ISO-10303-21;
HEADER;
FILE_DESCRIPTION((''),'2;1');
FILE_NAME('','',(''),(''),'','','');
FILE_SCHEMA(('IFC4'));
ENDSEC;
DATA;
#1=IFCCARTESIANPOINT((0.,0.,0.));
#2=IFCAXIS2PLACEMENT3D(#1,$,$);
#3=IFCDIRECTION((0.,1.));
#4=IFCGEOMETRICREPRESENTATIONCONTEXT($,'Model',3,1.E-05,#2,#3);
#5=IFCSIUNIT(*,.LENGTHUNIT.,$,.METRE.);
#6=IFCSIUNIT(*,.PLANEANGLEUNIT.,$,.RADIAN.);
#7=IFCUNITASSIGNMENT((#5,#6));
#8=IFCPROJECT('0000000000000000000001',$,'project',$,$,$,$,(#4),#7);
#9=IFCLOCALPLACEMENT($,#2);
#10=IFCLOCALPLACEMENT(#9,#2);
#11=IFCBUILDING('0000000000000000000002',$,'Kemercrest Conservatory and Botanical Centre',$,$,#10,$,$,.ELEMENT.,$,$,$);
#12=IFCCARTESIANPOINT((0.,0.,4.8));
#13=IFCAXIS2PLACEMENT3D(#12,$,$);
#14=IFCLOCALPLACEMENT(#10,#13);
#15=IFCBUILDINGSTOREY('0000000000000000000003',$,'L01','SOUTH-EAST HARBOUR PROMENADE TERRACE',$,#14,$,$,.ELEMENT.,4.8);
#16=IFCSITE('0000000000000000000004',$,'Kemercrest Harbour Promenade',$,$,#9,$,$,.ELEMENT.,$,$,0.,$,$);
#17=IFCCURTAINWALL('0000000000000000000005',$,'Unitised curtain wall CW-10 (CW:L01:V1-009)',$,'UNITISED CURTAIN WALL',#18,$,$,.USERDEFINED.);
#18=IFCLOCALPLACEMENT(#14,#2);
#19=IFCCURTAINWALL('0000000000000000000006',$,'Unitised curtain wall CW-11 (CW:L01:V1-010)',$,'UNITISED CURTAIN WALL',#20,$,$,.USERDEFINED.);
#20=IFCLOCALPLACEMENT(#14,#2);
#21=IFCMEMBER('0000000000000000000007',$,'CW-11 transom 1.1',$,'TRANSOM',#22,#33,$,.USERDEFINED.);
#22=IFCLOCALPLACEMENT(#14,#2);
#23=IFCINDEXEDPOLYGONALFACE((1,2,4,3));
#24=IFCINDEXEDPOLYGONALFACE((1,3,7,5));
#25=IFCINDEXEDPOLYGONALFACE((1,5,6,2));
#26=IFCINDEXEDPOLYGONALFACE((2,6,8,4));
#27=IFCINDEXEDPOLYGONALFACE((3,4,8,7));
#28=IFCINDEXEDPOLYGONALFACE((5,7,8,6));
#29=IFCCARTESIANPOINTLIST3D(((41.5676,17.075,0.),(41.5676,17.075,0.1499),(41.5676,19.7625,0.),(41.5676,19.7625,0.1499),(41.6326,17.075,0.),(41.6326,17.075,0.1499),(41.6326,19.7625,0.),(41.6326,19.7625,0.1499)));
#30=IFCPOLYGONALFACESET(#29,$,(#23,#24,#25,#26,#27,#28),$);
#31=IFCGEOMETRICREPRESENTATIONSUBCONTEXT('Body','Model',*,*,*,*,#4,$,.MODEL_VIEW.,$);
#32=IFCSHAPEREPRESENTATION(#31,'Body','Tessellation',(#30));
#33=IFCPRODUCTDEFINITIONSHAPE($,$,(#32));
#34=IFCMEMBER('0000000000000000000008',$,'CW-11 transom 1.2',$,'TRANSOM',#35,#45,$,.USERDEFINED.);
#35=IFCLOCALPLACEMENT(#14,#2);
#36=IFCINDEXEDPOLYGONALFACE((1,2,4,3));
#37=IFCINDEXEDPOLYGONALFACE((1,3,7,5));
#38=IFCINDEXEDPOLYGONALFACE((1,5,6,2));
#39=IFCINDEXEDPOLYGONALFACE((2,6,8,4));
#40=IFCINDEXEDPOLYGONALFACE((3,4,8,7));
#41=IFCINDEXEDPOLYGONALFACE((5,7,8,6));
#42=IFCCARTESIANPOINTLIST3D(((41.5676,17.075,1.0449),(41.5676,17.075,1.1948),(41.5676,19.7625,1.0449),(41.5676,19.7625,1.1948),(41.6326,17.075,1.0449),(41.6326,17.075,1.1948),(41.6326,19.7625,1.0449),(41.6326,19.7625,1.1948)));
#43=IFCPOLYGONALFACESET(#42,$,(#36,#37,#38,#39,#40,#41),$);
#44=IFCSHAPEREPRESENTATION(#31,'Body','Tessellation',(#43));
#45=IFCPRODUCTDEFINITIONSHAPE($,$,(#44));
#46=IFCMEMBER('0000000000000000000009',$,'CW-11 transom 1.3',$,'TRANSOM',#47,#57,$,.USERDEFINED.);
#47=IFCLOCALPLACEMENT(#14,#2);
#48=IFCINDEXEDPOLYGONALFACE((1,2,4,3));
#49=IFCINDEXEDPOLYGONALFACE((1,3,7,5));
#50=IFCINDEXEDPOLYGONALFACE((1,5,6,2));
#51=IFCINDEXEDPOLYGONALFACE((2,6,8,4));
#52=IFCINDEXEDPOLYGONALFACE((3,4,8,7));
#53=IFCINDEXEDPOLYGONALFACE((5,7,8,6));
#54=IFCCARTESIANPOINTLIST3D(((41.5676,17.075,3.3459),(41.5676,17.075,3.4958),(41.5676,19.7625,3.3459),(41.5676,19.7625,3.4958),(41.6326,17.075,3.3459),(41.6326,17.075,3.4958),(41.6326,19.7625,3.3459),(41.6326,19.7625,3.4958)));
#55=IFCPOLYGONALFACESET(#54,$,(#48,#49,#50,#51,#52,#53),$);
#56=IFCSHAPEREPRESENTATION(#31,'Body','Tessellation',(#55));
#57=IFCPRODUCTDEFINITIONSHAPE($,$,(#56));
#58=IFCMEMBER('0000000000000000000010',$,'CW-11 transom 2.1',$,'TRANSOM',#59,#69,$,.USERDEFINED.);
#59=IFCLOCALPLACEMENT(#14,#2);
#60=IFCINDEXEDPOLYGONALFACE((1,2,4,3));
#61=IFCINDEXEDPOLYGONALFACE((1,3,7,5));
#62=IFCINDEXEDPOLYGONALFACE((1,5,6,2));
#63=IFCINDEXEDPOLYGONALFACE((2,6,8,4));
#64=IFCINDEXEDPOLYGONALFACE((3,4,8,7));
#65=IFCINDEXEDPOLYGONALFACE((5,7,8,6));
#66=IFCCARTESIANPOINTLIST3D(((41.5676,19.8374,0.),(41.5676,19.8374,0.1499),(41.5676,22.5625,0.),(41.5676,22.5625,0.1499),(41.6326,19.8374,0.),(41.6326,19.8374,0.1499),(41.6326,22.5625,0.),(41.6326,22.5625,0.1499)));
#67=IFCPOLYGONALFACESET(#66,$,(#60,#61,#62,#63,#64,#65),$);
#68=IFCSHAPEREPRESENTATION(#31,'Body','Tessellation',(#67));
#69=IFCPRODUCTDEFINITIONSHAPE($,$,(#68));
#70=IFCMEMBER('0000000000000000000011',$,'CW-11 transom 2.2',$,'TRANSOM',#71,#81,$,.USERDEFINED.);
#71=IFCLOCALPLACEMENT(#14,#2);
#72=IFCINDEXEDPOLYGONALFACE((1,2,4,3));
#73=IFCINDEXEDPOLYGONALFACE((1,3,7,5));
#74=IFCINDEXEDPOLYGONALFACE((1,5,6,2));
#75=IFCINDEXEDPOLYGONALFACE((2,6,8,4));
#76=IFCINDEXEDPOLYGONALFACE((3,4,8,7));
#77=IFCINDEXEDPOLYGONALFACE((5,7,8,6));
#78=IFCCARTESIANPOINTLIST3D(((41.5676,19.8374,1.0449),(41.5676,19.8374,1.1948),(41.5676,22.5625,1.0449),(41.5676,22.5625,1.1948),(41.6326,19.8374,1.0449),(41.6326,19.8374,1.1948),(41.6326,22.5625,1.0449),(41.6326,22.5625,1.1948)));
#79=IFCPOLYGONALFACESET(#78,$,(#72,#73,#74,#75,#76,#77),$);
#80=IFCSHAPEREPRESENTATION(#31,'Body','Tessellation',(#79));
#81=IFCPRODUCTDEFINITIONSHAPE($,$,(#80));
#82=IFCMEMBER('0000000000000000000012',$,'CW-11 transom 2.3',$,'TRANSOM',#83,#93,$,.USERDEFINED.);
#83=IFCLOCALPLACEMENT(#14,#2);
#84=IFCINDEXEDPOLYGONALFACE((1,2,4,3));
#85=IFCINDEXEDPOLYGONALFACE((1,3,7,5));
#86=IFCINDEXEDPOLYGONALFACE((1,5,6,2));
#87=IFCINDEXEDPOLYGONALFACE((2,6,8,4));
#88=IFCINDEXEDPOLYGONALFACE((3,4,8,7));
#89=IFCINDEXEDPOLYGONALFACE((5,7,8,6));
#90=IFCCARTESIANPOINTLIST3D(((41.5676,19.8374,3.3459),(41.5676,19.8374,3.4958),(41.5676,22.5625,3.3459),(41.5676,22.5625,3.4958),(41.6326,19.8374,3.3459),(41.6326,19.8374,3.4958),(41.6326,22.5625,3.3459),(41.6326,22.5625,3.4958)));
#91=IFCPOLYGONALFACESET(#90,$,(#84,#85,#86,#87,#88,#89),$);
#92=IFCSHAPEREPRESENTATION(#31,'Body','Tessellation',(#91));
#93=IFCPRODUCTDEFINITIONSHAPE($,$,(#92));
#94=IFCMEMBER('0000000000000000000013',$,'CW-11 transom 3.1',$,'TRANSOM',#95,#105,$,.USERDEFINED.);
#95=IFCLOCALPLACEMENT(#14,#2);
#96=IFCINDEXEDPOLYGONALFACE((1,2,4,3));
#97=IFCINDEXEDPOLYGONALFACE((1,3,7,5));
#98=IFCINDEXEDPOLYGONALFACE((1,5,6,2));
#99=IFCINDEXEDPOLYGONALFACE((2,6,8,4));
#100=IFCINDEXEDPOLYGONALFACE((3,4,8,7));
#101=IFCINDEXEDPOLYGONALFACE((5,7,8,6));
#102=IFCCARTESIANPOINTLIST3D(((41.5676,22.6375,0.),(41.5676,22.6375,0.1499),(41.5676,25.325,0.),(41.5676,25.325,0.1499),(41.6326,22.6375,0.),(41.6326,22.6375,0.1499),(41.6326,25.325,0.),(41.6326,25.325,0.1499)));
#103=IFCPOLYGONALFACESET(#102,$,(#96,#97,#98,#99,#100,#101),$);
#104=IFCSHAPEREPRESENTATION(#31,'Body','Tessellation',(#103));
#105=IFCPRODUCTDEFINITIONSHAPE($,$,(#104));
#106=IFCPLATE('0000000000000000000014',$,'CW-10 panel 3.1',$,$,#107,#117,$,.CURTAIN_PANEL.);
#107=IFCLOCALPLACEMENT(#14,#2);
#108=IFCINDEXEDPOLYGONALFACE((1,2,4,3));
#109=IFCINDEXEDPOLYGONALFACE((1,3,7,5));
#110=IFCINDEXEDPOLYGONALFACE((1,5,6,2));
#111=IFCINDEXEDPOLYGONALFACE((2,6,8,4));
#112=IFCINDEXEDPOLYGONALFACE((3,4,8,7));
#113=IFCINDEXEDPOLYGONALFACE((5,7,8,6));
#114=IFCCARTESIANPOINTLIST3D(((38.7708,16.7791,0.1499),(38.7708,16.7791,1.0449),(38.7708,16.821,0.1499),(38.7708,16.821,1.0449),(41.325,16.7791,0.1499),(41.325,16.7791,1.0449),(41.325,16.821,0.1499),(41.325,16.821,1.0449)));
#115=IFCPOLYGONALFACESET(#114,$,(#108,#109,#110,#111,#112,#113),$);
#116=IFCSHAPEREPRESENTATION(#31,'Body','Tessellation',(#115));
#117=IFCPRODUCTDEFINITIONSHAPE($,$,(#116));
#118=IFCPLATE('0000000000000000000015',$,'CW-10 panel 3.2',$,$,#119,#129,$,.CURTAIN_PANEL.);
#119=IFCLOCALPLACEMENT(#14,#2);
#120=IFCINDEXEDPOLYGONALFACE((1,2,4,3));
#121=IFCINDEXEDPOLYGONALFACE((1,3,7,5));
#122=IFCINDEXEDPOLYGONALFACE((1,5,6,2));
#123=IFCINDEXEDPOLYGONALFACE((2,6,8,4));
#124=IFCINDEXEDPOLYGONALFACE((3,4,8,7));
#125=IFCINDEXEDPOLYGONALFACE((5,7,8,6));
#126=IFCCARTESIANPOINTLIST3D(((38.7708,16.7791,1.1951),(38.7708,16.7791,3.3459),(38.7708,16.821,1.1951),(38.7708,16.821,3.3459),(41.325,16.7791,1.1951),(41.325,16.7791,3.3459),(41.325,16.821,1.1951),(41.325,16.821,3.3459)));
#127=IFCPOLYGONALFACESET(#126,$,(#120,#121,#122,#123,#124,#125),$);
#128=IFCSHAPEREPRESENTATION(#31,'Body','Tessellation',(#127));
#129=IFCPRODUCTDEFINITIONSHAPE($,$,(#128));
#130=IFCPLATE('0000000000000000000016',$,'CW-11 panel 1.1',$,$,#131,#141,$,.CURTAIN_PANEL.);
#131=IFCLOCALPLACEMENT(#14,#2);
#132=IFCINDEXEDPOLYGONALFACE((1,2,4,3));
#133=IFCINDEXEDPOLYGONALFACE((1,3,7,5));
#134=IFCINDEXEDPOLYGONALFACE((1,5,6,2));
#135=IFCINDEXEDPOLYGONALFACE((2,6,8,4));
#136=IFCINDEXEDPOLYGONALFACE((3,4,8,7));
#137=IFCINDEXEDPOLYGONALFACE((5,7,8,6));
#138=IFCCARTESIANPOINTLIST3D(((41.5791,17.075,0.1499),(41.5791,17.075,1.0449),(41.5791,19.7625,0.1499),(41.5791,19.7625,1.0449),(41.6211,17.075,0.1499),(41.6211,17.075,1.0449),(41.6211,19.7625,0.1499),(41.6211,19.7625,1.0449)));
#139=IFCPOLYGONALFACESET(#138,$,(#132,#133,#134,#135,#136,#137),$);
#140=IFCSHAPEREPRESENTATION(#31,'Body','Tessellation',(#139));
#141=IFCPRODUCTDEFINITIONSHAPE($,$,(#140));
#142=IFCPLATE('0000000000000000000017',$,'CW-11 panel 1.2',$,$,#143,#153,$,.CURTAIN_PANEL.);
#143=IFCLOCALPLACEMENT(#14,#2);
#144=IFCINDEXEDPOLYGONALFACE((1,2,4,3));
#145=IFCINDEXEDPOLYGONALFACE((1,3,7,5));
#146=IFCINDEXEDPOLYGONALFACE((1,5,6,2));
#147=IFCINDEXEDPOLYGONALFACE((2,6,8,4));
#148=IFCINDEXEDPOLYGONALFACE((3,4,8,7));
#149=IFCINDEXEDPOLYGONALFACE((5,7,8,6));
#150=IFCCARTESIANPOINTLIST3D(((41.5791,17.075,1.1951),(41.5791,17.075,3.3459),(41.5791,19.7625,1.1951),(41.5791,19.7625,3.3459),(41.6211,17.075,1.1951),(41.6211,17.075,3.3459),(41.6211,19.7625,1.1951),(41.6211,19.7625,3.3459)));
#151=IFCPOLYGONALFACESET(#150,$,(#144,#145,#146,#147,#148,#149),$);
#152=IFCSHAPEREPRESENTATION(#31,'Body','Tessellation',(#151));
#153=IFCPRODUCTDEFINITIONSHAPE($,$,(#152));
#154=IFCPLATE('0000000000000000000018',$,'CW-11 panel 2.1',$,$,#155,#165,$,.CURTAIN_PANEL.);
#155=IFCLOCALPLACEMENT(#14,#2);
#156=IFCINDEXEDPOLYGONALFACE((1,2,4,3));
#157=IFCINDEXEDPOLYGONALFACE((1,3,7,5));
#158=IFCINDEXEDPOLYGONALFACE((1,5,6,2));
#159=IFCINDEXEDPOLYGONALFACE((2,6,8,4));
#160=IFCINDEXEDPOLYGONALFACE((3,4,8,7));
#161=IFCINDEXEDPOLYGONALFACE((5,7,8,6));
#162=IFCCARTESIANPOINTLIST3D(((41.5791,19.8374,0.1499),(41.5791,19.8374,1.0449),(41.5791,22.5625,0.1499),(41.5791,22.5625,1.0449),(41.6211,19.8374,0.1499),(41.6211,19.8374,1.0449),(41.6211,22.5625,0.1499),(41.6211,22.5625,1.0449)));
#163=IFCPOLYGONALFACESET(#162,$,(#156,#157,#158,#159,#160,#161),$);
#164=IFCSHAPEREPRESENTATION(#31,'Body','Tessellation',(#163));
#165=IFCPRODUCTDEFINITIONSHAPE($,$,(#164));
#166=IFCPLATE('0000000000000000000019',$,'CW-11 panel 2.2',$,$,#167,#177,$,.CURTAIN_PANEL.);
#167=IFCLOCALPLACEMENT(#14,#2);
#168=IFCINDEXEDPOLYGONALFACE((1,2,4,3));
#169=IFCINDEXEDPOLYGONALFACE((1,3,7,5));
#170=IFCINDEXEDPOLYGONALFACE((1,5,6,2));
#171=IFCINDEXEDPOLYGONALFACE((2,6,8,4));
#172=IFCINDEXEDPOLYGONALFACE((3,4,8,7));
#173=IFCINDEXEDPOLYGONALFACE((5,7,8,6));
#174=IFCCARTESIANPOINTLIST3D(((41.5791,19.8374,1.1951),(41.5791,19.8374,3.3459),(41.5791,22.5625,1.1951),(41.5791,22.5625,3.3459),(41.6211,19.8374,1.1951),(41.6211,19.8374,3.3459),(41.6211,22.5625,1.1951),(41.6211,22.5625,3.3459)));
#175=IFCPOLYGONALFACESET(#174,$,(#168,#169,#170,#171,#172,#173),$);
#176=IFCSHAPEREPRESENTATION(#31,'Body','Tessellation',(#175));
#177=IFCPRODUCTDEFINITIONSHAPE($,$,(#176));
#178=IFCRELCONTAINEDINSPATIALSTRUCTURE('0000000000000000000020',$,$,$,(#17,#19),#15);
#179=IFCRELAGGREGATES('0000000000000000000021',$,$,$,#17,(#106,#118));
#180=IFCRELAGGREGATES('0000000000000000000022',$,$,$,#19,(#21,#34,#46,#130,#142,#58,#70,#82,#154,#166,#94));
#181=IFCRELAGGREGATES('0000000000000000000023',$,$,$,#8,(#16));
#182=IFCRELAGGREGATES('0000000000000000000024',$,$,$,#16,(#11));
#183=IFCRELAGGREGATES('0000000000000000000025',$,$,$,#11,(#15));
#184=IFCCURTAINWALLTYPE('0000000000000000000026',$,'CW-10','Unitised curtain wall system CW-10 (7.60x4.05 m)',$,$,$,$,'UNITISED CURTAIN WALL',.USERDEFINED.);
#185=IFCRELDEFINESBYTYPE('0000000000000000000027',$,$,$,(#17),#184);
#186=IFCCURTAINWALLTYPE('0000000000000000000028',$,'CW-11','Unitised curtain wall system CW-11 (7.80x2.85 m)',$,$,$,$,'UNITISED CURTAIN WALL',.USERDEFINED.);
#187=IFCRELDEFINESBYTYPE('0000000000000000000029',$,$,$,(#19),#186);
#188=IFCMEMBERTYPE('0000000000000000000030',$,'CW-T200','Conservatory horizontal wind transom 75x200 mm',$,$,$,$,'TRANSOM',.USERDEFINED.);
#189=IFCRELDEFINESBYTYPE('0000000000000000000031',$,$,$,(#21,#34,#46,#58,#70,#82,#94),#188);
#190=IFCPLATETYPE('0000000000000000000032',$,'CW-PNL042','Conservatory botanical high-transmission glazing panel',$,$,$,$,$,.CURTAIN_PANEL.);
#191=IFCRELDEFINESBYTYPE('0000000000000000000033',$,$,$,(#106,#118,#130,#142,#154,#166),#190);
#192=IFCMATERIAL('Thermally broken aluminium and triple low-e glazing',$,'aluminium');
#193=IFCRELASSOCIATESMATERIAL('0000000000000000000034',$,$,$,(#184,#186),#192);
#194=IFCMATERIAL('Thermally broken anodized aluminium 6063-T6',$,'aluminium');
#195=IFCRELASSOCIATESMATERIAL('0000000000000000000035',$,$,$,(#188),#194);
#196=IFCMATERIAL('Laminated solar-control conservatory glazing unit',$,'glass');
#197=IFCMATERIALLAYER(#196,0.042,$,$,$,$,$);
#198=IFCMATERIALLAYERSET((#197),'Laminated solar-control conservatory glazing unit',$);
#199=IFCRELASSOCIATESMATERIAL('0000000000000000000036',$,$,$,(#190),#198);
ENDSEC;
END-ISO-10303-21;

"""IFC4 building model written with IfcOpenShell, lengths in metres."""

from ifc_helpers import new_model, si_unit, direction, frame, origin, origin_2d, place, context, subcontext, project, spatial, rectangle, extrude, material, layer, layer_set, material_profile, profile_set, type_object, element, aggregate, save


model = new_model("IFC4")

# Units and contexts
model_context = context("Model", 3, precision=1e-05, world=origin(), true_north=direction((0.0, 1.0)))
body_context = subcontext(model_context, "Body", "Model", "MODEL_VIEW")
ifc_project = project(units=[si_unit("LENGTHUNIT", "METRE"), si_unit("PLANEANGLEUNIT", "RADIAN")], contexts=[model_context])

# Site, building, storey
site_placement = place(None, origin())
site = spatial("IfcSite", under=ifc_project, at=site_placement, Name="Kemercrest Harbour Promenade", CompositionType="ELEMENT", RefElevation=0.0)
building_placement = place(site_placement, origin())
building = spatial("IfcBuilding", under=site, at=building_placement, Name="Kemercrest Conservatory and Botanical Centre", CompositionType="ELEMENT")
storey_placement = place(building_placement, frame((0.0, 0.0, 4.8)))
storey = spatial("IfcBuildingStorey", under=building, at=storey_placement, Name="L01", Description="SOUTH-EAST HARBOUR PROMENADE TERRACE", CompositionType="ELEMENT", Elevation=4.8)

# Curtain wall
ifc_material_1 = material(Name="Thermally broken aluminium and triple low-e glazing", Category="aluminium")
curtain_wall_type_1 = type_object("IfcCurtainWallType", Name="CW-10", Description="Unitised curtain wall system CW-10 (7.60x4.05 m)", ElementType="UNITISED CURTAIN WALL", PredefinedType="USERDEFINED", material=ifc_material_1)
curtain_wall_1_placement = place(storey_placement, origin())
curtain_wall_1 = element("IfcCurtainWall", 1, at=curtain_wall_1_placement, inside=storey, type_object=curtain_wall_type_1, Name="Unitised curtain wall CW-10 (CW:L01:V1-009)", ObjectType="UNITISED CURTAIN WALL", PredefinedType="USERDEFINED")
ifc_material_2 = material(Name="Thermally broken anodized aluminium 6063-T6", Category="aluminium")

# Curtain wall
curtain_wall_type_2 = type_object("IfcCurtainWallType", Name="CW-11", Description="Unitised curtain wall system CW-11 (7.80x2.85 m)", ElementType="UNITISED CURTAIN WALL", PredefinedType="USERDEFINED", material=ifc_material_1)
curtain_wall_2_placement = place(storey_placement, origin())
curtain_wall_2 = element("IfcCurtainWall", 2, at=curtain_wall_2_placement, inside=storey, type_object=curtain_wall_type_2, Name="Unitised curtain wall CW-11 (CW:L01:V1-010)", ObjectType="UNITISED CURTAIN WALL", PredefinedType="USERDEFINED")

# Members
ifc_material_profile_1 = material_profile(ifc_material_2, rectangle(XDim=0.0649, YDim=0.1499, at=origin_2d()), Name="AL TRANSOM 65x150")
ifc_profile_set_1 = profile_set([ifc_material_profile_1], Name="Thermally broken anodized aluminium 6063-T6")
member_type_1 = type_object("IfcMemberType", Name="CW-T200", Description="Conservatory horizontal wind transom 75x200 mm", ElementType="TRANSOM", PredefinedType="USERDEFINED", material=ifc_profile_set_1)
member_1_placement = place(storey_placement, frame((41.6001, 17.075, 0.075), z_axis=(0.0, 1.0, 0.0), x_axis=(-1.0, 0.0, 0.0)))
member_1 = element("IfcMember", 3, at=member_1_placement, type_object=member_type_1, Name="CW-11 transom 1.1", ObjectType="TRANSOM", PredefinedType="USERDEFINED", context=body_context, shape_type="SweptSolid", body=[
    extrude(rectangle(XDim=0.0649, YDim=0.1499, at=origin_2d()), origin(), (0.0, 0.0, 1.0), 2.6875),
])
member_2_placement = place(storey_placement, frame((41.6001, 17.075, 1.1199), z_axis=(0.0, 1.0, 0.0), x_axis=(-1.0, 0.0, 0.0)))
member_2 = element("IfcMember", 4, at=member_2_placement, type_object=member_type_1, Name="CW-11 transom 1.2", ObjectType="TRANSOM", PredefinedType="USERDEFINED", context=body_context, shape_type="SweptSolid", body=[
    extrude(rectangle(XDim=0.0649, YDim=0.1499, at=origin_2d()), origin(), (0.0, 0.0, 1.0), 2.6875),
])
member_3_placement = place(storey_placement, frame((41.6001, 17.075, 3.4209), z_axis=(0.0, 1.0, 0.0), x_axis=(-1.0, 0.0, 0.0)))
member_3 = element("IfcMember", 5, at=member_3_placement, type_object=member_type_1, Name="CW-11 transom 1.3", ObjectType="TRANSOM", PredefinedType="USERDEFINED", context=body_context, shape_type="SweptSolid", body=[
    extrude(rectangle(XDim=0.0649, YDim=0.1499, at=origin_2d()), origin(), (0.0, 0.0, 1.0), 2.6875),
])
member_4_placement = place(storey_placement, frame((41.6001, 19.8374, 0.075), z_axis=(0.0, 1.0, 0.0), x_axis=(-1.0, 0.0, 0.0)))
member_4 = element("IfcMember", 6, at=member_4_placement, type_object=member_type_1, Name="CW-11 transom 2.1", ObjectType="TRANSOM", PredefinedType="USERDEFINED", context=body_context, shape_type="SweptSolid", body=[
    extrude(rectangle(XDim=0.0649, YDim=0.1499, at=origin_2d()), origin(), (0.0, 0.0, 1.0), 2.7251),
])
member_5_placement = place(storey_placement, frame((41.6001, 19.8374, 1.1199), z_axis=(0.0, 1.0, 0.0), x_axis=(-1.0, 0.0, 0.0)))
member_5 = element("IfcMember", 7, at=member_5_placement, type_object=member_type_1, Name="CW-11 transom 2.2", ObjectType="TRANSOM", PredefinedType="USERDEFINED", context=body_context, shape_type="SweptSolid", body=[
    extrude(rectangle(XDim=0.0649, YDim=0.1499, at=origin_2d()), origin(), (0.0, 0.0, 1.0), 2.7251),
])
member_6_placement = place(storey_placement, frame((41.6001, 19.8374, 3.4209), z_axis=(0.0, 1.0, 0.0), x_axis=(-1.0, 0.0, 0.0)))
member_6 = element("IfcMember", 8, at=member_6_placement, type_object=member_type_1, Name="CW-11 transom 2.3", ObjectType="TRANSOM", PredefinedType="USERDEFINED", context=body_context, shape_type="SweptSolid", body=[
    extrude(rectangle(XDim=0.0649, YDim=0.1499, at=origin_2d()), origin(), (0.0, 0.0, 1.0), 2.7251),
])
member_7_placement = place(storey_placement, frame((41.6001, 22.6375, 0.075), z_axis=(0.0, 1.0, 0.0), x_axis=(-1.0, 0.0, 0.0)))
member_7 = element("IfcMember", 9, at=member_7_placement, type_object=member_type_1, Name="CW-11 transom 3.1", ObjectType="TRANSOM", PredefinedType="USERDEFINED", context=body_context, shape_type="SweptSolid", body=[
    extrude(rectangle(XDim=0.0649, YDim=0.1499, at=origin_2d()), origin(), (0.0, 0.0, 1.0), 2.6875),
])

# Plates
ifc_material_3 = material(Name="Laminated solar-control conservatory glazing unit", Category="glass")
ifc_layer = layer(ifc_material_3, 0.042)
ifc_layer_set = layer_set([ifc_layer], Name="Laminated solar-control conservatory glazing unit")
plate_type = type_object("IfcPlateType", Name="CW-PNL042", Description="Conservatory botanical high-transmission glazing panel", PredefinedType="CURTAIN_PANEL", material=ifc_layer_set)
plate_1_placement = place(storey_placement, frame((40.0479, 16.8, 0.1499), z_axis=(0.0, 0.0, 1.0), x_axis=(1.0, 0.0, 0.0)))
plate_1 = element("IfcPlate", 10, at=plate_1_placement, type_object=plate_type, Name="CW-10 panel 3.1", PredefinedType="CURTAIN_PANEL", context=body_context, shape_type="SweptSolid", body=[
    extrude(rectangle(XDim=2.5542, YDim=0.042, at=origin_2d()), origin(), (0.0, 0.0, 1.0), 0.895),
])
plate_2_placement = place(storey_placement, frame((40.0479, 16.8, 1.1951), z_axis=(0.0, 0.0, 1.0), x_axis=(1.0, 0.0, 0.0)))
plate_2 = element("IfcPlate", 11, at=plate_2_placement, type_object=plate_type, Name="CW-10 panel 3.2", PredefinedType="CURTAIN_PANEL", context=body_context, shape_type="SweptSolid", body=[
    extrude(rectangle(XDim=2.5542, YDim=0.042, at=origin_2d()), origin(), (0.0, 0.0, 1.0), 2.1509),
])
aggregate(curtain_wall_1, [plate_1, plate_2])
plate_3_placement = place(storey_placement, frame((41.6001, 18.4187, 0.1499), z_axis=(0.0, 0.0, 1.0), x_axis=(0.0, 1.0, 0.0)))
plate_3 = element("IfcPlate", 12, at=plate_3_placement, type_object=plate_type, Name="CW-11 panel 1.1", PredefinedType="CURTAIN_PANEL", context=body_context, shape_type="SweptSolid", body=[
    extrude(rectangle(XDim=2.6875, YDim=0.042, at=origin_2d()), origin(), (0.0, 0.0, 1.0), 0.895),
])
plate_4_placement = place(storey_placement, frame((41.6001, 18.4187, 1.1951), z_axis=(0.0, 0.0, 1.0), x_axis=(0.0, 1.0, 0.0)))
plate_4 = element("IfcPlate", 13, at=plate_4_placement, type_object=plate_type, Name="CW-11 panel 1.2", PredefinedType="CURTAIN_PANEL", context=body_context, shape_type="SweptSolid", body=[
    extrude(rectangle(XDim=2.6875, YDim=0.042, at=origin_2d()), origin(), (0.0, 0.0, 1.0), 2.1509),
])
plate_5_placement = place(storey_placement, frame((41.6001, 21.2, 0.1499), z_axis=(0.0, 0.0, 1.0), x_axis=(0.0, 1.0, 0.0)))
plate_5 = element("IfcPlate", 14, at=plate_5_placement, type_object=plate_type, Name="CW-11 panel 2.1", PredefinedType="CURTAIN_PANEL", context=body_context, shape_type="SweptSolid", body=[
    extrude(rectangle(XDim=2.7251, YDim=0.042, at=origin_2d()), origin(), (0.0, 0.0, 1.0), 0.895),
])
plate_6_placement = place(storey_placement, frame((41.6001, 21.2, 1.1951), z_axis=(0.0, 0.0, 1.0), x_axis=(0.0, 1.0, 0.0)))
plate_6 = element("IfcPlate", 15, at=plate_6_placement, type_object=plate_type, Name="CW-11 panel 2.2", PredefinedType="CURTAIN_PANEL", context=body_context, shape_type="SweptSolid", body=[
    extrude(rectangle(XDim=2.7251, YDim=0.042, at=origin_2d()), origin(), (0.0, 0.0, 1.0), 2.1509),
])
aggregate(curtain_wall_2, [member_1, member_2, member_3, plate_3, plate_4, member_4, member_5, member_6, plate_5, plate_6, member_7])

save(model, "model.ifc")
